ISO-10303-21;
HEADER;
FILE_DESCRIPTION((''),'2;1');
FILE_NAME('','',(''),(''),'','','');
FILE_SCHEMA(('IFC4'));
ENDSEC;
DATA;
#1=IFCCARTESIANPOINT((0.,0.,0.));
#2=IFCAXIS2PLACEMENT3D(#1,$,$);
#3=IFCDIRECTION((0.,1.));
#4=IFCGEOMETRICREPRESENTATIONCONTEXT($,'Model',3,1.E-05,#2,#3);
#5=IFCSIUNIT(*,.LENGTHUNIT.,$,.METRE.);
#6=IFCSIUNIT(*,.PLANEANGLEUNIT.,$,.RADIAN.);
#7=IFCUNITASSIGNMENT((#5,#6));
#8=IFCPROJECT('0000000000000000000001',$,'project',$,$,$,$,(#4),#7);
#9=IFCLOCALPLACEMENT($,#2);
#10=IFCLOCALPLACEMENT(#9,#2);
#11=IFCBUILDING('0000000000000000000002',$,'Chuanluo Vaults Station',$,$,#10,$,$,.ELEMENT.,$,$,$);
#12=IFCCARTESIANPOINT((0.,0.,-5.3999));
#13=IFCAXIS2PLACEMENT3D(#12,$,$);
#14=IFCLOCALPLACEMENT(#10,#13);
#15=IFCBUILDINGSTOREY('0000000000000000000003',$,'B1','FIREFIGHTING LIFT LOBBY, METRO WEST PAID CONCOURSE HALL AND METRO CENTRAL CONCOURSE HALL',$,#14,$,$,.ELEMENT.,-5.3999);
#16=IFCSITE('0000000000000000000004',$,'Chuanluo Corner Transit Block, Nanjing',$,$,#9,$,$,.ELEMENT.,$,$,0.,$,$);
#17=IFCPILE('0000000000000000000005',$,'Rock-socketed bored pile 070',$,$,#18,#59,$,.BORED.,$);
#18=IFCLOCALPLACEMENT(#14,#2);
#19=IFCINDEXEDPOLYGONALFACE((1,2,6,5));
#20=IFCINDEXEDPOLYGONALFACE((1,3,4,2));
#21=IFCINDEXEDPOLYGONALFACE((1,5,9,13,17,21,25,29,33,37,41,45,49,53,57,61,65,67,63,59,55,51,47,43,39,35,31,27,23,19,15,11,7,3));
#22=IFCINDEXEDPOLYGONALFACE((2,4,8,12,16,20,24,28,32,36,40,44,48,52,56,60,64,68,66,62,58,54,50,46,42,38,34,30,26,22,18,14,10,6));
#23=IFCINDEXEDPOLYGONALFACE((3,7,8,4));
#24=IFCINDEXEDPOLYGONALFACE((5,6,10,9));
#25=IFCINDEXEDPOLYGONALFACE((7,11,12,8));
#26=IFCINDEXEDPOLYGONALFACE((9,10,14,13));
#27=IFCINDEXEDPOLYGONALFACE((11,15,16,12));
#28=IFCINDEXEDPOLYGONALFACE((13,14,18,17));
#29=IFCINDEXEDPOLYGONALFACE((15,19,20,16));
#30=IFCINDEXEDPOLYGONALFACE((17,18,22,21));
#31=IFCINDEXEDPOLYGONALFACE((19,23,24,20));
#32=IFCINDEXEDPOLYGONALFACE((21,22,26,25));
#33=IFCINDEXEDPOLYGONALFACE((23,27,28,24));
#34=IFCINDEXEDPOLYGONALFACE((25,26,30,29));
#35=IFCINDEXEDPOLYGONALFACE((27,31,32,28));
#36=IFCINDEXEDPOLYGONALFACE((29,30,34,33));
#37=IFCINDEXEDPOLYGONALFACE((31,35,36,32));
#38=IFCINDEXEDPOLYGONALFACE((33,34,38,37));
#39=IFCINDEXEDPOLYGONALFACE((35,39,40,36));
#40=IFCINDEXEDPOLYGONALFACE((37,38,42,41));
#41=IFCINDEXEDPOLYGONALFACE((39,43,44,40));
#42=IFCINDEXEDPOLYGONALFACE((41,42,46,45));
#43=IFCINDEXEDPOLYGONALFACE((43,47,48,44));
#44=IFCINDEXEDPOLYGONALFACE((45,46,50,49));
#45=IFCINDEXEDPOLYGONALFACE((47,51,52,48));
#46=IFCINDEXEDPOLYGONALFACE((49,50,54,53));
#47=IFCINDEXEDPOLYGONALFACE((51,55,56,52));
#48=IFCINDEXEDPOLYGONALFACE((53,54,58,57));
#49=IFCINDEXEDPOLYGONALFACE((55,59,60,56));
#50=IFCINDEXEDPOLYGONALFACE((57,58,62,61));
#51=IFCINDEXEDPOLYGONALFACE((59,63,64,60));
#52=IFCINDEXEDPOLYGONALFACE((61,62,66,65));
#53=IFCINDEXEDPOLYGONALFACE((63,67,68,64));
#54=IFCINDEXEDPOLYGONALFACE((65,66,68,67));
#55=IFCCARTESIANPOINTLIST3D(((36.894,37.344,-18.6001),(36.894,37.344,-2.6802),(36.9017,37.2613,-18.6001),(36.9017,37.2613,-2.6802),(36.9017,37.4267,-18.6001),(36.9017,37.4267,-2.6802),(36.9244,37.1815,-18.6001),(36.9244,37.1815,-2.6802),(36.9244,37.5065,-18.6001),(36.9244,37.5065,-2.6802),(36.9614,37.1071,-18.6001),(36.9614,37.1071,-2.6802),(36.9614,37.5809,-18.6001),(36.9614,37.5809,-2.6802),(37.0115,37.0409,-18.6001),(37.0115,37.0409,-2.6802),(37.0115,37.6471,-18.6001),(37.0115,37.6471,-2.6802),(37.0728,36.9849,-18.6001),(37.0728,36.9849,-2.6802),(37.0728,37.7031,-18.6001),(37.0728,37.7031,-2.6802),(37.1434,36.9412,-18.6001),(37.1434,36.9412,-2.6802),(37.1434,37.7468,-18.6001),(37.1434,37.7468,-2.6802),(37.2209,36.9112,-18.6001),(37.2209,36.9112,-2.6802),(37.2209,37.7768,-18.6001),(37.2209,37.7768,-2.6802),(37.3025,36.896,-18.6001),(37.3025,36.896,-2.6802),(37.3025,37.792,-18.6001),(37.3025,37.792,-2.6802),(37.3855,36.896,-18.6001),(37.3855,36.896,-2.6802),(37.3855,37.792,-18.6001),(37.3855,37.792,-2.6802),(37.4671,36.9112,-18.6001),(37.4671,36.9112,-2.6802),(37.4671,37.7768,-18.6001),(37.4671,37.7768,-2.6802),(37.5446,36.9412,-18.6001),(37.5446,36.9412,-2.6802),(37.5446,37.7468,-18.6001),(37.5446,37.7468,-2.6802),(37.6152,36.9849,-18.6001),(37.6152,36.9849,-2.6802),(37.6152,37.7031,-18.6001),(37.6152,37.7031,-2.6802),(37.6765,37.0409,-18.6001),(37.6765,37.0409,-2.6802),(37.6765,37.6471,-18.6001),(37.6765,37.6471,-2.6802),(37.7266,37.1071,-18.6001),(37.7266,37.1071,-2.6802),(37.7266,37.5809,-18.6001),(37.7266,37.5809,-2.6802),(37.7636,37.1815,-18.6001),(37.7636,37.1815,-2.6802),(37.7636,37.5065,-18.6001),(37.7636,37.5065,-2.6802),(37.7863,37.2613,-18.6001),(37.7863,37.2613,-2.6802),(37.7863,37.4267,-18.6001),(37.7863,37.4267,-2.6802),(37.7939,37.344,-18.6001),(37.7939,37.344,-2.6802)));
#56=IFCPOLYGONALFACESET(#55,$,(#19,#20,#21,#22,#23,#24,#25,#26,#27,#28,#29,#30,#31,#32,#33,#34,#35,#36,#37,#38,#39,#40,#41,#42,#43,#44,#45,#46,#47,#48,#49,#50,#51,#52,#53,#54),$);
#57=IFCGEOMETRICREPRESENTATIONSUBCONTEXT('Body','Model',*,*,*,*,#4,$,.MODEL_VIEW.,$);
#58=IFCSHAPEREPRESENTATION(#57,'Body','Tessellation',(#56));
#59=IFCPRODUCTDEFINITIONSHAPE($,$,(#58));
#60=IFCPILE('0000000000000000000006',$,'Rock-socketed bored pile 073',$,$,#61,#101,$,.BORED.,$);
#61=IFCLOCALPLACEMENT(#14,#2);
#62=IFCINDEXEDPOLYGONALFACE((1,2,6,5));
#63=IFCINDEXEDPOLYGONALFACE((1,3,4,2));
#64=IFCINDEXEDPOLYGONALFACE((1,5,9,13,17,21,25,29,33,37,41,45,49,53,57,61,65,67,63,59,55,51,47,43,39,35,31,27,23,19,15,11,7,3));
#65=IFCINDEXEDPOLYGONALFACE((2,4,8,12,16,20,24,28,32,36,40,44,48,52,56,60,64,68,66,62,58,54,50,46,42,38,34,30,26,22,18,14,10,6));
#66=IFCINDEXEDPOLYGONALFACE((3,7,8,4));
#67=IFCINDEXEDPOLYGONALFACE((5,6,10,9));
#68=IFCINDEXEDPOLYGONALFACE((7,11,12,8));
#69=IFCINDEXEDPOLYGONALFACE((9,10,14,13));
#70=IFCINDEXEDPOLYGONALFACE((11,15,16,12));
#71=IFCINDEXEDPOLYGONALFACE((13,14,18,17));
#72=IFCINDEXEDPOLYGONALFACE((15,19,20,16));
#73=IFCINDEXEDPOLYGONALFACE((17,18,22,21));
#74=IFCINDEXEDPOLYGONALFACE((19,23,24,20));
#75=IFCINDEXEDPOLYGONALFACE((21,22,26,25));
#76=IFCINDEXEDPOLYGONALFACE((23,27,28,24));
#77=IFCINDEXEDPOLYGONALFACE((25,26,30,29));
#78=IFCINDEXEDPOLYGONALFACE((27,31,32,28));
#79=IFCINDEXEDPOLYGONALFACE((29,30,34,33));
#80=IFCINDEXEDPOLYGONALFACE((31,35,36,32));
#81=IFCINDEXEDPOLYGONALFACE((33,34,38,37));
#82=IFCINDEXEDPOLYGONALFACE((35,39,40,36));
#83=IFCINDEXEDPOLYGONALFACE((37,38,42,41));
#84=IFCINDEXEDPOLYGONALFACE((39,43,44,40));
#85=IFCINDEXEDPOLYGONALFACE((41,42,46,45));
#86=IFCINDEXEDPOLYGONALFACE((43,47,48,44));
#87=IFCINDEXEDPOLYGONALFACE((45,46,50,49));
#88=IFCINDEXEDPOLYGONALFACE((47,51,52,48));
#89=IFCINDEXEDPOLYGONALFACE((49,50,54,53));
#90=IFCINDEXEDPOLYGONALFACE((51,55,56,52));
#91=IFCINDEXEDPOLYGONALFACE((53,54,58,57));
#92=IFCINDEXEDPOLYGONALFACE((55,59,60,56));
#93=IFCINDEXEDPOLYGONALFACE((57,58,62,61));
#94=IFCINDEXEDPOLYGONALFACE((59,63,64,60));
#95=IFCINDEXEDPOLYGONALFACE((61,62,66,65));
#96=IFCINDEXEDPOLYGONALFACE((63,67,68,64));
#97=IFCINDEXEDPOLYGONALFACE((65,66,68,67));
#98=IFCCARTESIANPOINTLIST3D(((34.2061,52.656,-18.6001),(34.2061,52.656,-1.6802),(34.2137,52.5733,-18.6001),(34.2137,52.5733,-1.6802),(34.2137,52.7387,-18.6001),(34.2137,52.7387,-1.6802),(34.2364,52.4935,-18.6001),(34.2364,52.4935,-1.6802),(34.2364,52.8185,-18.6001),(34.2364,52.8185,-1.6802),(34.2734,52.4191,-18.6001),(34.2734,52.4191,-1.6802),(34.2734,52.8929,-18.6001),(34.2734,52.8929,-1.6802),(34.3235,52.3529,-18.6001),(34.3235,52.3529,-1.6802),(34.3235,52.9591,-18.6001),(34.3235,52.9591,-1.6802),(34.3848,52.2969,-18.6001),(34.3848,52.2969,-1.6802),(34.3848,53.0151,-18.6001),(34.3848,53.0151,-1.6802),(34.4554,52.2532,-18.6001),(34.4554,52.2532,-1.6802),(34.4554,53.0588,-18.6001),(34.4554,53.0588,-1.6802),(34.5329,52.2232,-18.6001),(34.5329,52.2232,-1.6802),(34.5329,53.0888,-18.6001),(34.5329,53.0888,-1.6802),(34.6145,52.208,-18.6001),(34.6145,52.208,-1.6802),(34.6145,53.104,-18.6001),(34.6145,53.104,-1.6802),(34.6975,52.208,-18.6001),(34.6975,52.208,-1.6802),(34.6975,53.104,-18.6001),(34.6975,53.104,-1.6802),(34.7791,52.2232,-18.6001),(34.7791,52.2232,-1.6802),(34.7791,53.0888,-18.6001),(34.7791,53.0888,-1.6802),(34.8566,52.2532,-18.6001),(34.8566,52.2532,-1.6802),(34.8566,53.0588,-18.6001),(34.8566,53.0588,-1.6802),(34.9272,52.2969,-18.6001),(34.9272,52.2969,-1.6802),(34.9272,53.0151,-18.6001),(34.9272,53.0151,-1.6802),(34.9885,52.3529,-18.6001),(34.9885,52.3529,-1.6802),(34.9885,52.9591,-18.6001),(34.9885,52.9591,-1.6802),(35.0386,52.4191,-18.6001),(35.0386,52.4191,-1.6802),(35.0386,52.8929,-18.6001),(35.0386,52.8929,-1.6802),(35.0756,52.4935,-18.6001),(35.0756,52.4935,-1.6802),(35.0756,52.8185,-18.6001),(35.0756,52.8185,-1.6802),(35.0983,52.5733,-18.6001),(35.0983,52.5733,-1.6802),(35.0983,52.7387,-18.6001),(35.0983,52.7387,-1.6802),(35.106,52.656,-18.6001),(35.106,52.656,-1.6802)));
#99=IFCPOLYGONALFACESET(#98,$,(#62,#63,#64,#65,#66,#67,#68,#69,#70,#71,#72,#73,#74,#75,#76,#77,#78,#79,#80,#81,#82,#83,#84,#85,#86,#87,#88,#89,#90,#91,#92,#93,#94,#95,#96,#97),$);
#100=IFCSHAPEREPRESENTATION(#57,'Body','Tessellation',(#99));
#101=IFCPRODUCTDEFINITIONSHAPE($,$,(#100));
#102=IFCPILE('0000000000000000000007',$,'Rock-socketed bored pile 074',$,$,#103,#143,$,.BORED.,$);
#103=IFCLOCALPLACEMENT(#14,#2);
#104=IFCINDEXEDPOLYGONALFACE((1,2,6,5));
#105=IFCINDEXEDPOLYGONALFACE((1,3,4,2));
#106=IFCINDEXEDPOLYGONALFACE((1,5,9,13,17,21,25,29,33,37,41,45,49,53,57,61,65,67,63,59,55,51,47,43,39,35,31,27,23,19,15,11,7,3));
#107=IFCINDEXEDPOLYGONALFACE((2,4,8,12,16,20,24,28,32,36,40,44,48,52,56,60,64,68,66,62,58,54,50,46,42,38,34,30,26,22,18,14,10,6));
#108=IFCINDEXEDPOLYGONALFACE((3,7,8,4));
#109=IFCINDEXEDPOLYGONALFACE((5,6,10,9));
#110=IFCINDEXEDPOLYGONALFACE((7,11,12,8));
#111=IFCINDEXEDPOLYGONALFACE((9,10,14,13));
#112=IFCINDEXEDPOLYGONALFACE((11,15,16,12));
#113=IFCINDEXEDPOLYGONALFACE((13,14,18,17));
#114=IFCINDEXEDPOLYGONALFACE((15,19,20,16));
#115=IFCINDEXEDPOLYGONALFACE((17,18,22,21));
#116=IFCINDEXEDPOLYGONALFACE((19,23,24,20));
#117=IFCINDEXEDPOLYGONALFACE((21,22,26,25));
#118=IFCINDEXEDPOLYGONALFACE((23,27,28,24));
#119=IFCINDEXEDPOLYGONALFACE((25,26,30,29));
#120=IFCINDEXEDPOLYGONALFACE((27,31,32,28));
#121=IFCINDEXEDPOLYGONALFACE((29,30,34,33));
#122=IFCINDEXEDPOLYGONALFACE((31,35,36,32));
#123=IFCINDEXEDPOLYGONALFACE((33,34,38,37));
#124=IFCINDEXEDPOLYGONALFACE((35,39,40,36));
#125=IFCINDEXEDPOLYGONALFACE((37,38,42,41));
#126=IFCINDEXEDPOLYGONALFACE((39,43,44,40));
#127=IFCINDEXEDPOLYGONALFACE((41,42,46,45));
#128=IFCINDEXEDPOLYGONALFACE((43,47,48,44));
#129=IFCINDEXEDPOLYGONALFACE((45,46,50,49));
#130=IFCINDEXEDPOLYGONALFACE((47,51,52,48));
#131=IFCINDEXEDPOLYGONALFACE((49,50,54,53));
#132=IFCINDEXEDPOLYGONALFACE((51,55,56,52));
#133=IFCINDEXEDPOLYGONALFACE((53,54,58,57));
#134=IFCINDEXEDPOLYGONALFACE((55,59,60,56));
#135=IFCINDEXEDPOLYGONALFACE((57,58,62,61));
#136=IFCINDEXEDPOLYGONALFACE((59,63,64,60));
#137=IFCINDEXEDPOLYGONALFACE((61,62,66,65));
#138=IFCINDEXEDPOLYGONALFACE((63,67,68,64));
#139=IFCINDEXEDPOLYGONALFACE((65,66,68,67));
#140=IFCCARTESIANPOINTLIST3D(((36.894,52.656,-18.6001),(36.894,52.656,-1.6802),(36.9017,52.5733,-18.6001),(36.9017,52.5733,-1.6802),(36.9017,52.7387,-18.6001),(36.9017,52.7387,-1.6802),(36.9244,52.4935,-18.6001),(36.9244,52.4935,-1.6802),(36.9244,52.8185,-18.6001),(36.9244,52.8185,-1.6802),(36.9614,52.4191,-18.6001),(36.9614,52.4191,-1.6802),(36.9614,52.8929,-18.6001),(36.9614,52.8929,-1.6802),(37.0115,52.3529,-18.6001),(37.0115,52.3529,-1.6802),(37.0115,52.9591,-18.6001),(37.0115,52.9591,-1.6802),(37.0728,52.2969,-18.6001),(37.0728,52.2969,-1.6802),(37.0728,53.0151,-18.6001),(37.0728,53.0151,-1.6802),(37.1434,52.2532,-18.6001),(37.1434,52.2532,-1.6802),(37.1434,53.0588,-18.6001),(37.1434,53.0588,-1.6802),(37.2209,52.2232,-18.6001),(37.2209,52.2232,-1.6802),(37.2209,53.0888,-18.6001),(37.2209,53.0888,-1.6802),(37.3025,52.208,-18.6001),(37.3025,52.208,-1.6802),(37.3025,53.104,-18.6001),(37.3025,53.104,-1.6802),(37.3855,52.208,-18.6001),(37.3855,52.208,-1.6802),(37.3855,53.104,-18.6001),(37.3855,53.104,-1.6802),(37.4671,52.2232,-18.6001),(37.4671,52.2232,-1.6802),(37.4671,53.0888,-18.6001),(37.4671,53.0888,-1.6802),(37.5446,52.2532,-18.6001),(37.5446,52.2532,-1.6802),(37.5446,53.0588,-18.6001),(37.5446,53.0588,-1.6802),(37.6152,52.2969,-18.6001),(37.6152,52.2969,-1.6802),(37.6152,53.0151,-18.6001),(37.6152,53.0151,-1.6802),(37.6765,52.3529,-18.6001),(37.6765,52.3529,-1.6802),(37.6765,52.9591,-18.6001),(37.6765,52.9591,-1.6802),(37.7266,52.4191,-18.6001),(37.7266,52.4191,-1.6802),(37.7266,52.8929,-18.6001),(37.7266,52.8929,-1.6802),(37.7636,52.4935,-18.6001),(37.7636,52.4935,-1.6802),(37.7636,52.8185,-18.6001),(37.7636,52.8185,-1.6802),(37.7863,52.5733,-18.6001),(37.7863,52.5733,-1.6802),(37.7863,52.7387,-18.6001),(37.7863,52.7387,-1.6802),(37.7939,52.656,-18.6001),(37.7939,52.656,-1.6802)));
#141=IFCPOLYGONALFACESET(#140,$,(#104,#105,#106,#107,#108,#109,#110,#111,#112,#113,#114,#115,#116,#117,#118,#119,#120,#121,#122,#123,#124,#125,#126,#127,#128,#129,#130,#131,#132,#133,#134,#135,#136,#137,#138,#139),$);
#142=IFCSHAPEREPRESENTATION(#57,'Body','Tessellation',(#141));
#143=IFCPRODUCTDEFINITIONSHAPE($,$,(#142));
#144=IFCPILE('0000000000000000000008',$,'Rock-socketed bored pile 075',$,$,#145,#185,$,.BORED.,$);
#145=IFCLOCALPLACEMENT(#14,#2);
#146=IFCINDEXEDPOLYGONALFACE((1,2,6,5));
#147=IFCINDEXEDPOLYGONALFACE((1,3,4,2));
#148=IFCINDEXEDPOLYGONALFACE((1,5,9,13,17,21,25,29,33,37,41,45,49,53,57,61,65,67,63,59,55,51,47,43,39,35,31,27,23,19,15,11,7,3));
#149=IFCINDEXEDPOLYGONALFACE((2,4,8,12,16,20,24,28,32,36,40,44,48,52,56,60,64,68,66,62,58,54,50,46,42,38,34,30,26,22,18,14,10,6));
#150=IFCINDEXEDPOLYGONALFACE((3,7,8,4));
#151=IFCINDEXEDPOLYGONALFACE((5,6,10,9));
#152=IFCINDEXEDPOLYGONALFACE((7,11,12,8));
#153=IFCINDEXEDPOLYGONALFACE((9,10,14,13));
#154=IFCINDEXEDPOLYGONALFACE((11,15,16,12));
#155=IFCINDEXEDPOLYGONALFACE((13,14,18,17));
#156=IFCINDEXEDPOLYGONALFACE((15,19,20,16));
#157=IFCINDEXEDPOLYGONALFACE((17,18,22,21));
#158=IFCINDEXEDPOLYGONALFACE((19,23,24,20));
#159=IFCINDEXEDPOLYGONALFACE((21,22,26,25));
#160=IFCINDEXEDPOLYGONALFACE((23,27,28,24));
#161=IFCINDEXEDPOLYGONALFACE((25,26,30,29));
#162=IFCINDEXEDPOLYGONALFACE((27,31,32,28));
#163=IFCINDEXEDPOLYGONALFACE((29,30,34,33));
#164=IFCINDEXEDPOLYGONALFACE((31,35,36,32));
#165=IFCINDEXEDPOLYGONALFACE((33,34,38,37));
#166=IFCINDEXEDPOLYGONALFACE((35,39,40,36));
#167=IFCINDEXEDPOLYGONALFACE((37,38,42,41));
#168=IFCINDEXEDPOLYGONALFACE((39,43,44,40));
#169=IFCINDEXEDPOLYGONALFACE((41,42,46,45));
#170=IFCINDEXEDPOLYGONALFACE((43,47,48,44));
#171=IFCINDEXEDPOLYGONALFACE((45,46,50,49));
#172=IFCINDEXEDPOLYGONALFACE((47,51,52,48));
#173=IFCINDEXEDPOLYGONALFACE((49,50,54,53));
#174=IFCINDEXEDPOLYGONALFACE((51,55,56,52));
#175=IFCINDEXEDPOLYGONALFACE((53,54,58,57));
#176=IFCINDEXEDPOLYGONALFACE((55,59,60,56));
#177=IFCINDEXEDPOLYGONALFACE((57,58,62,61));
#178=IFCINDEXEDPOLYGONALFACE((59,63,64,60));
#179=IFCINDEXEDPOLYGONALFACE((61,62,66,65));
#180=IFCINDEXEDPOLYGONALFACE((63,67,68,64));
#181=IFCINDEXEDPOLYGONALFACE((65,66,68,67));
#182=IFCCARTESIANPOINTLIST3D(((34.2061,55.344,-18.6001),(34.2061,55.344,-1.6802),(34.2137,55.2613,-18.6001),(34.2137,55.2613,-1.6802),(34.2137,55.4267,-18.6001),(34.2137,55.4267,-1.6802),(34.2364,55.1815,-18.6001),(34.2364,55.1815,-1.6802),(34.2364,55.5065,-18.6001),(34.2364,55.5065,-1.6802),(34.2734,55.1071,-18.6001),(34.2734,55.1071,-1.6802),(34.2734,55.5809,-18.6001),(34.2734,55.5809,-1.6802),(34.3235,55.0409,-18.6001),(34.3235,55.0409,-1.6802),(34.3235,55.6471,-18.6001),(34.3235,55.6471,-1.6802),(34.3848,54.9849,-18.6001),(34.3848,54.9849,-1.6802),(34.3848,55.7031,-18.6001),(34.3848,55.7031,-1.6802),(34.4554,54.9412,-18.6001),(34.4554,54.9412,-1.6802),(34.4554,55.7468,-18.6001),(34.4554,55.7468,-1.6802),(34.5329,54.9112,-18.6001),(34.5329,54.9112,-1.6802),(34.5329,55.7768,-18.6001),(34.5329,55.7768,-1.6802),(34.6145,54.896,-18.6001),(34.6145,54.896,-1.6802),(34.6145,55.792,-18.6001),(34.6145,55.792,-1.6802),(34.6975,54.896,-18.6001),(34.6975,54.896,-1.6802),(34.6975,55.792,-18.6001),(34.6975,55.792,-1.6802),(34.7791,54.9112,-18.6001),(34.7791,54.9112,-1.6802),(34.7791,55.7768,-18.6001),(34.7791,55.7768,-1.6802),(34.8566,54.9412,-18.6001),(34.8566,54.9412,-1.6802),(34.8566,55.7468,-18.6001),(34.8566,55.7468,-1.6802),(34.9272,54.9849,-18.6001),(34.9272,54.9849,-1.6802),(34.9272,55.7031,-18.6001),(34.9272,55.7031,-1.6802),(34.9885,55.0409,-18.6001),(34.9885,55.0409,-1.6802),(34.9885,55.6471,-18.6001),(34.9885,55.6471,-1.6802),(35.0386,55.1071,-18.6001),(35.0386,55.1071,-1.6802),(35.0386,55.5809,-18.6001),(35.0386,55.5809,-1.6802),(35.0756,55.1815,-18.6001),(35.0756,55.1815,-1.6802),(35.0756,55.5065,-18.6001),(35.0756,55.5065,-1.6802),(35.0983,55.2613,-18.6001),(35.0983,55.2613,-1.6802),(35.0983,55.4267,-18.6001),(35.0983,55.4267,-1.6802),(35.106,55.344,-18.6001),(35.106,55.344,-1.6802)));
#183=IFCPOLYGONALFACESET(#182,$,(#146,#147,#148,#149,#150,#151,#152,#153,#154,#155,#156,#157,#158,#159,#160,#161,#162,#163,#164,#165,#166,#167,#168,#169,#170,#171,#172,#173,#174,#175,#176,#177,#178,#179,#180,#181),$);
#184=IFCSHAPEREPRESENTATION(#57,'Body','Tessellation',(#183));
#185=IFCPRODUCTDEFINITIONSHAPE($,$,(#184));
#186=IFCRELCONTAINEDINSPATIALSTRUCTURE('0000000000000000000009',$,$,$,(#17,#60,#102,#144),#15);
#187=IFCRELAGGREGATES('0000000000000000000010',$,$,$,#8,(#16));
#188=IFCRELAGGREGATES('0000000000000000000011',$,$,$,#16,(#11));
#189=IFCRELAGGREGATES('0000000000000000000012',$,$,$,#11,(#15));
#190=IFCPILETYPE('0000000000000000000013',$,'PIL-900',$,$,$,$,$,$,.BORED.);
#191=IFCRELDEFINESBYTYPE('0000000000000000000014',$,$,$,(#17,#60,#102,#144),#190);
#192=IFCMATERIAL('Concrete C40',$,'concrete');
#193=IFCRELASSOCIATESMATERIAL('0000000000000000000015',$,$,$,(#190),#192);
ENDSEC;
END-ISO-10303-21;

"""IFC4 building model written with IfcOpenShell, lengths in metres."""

from ifc_helpers import new_model, si_unit, direction, frame, origin, origin_2d, place, context, subcontext, project, spatial, circle, extrude, material, material_profile, profile_set, type_object, element, save


model = new_model("IFC4")

# Units and contexts
model_context = context("Model", 3, precision=1e-05, world=origin(), true_north=direction((0.0, 1.0)))
body_context = subcontext(model_context, "Body", "Model", "MODEL_VIEW")
ifc_project = project(units=[si_unit("LENGTHUNIT", "METRE"), si_unit("PLANEANGLEUNIT", "RADIAN")], contexts=[model_context])

# Site, building, storey
site_placement = place(None, origin())
site = spatial("IfcSite", under=ifc_project, at=site_placement, Name="Chuanluo Corner Transit Block, Nanjing", CompositionType="ELEMENT", RefElevation=0.0)
building_placement = place(site_placement, origin())
building = spatial("IfcBuilding", under=site, at=building_placement, Name="Chuanluo Vaults Station", CompositionType="ELEMENT")
storey_placement = place(building_placement, frame((0.0, 0.0, -5.3999)))
storey = spatial("IfcBuildingStorey", under=building, at=storey_placement, Name="B1", Description="FIREFIGHTING LIFT LOBBY, METRO WEST PAID CONCOURSE HALL AND METRO CENTRAL CONCOURSE HALL", CompositionType="ELEMENT", Elevation=-5.3999)

# Piles
ifc_material_1 = material(Name="Concrete C40", Category="concrete")
ifc_material_profile_1 = material_profile(ifc_material_1, circle(Radius=0.45, at=origin_2d()))
ifc_profile_set_1 = profile_set([ifc_material_profile_1], Name="Concrete C40")
pile_type_1 = type_object("IfcPileType", Name="PIL-900", PredefinedType="BORED", material=ifc_profile_set_1)
for number, where, z_axis, x_axis, name in (
    (1, (37.344, 37.344, -2.6802), (0.0, 0.0, -1.0), (1.0, 0.0, 0.0), "Rock-socketed bored pile 070"),
):
    element("IfcPile", number, at=place(storey_placement, frame(where, z_axis=z_axis, x_axis=x_axis)), inside=storey, type_object=pile_type_1, Name=name, PredefinedType="BORED", context=body_context, shape_type="SweptSolid", body=[
        extrude(circle(Radius=0.45, at=origin_2d()), origin(), (0.0, 0.0, 1.0), 15.9199),
    ])
for number, where, z_axis, x_axis, name in (
    (2, (34.656, 52.656, -1.6802), (0.0, 0.0, -1.0), (1.0, 0.0, 0.0), "Rock-socketed bored pile 073"),
    (3, (37.344, 52.656, -1.6802), (0.0, 0.0, -1.0), (1.0, 0.0, 0.0), "Rock-socketed bored pile 074"),
    (4, (34.656, 55.344, -1.6802), (0.0, 0.0, -1.0), (1.0, 0.0, 0.0), "Rock-socketed bored pile 075"),
):
    element("IfcPile", number, at=place(storey_placement, frame(where, z_axis=z_axis, x_axis=x_axis)), inside=storey, type_object=pile_type_1, Name=name, PredefinedType="BORED", context=body_context, shape_type="SweptSolid", body=[
        extrude(circle(Radius=0.45, at=origin_2d()), origin(), (0.0, 0.0, 1.0), 16.9199),
    ])

save(model, "model.ifc")
